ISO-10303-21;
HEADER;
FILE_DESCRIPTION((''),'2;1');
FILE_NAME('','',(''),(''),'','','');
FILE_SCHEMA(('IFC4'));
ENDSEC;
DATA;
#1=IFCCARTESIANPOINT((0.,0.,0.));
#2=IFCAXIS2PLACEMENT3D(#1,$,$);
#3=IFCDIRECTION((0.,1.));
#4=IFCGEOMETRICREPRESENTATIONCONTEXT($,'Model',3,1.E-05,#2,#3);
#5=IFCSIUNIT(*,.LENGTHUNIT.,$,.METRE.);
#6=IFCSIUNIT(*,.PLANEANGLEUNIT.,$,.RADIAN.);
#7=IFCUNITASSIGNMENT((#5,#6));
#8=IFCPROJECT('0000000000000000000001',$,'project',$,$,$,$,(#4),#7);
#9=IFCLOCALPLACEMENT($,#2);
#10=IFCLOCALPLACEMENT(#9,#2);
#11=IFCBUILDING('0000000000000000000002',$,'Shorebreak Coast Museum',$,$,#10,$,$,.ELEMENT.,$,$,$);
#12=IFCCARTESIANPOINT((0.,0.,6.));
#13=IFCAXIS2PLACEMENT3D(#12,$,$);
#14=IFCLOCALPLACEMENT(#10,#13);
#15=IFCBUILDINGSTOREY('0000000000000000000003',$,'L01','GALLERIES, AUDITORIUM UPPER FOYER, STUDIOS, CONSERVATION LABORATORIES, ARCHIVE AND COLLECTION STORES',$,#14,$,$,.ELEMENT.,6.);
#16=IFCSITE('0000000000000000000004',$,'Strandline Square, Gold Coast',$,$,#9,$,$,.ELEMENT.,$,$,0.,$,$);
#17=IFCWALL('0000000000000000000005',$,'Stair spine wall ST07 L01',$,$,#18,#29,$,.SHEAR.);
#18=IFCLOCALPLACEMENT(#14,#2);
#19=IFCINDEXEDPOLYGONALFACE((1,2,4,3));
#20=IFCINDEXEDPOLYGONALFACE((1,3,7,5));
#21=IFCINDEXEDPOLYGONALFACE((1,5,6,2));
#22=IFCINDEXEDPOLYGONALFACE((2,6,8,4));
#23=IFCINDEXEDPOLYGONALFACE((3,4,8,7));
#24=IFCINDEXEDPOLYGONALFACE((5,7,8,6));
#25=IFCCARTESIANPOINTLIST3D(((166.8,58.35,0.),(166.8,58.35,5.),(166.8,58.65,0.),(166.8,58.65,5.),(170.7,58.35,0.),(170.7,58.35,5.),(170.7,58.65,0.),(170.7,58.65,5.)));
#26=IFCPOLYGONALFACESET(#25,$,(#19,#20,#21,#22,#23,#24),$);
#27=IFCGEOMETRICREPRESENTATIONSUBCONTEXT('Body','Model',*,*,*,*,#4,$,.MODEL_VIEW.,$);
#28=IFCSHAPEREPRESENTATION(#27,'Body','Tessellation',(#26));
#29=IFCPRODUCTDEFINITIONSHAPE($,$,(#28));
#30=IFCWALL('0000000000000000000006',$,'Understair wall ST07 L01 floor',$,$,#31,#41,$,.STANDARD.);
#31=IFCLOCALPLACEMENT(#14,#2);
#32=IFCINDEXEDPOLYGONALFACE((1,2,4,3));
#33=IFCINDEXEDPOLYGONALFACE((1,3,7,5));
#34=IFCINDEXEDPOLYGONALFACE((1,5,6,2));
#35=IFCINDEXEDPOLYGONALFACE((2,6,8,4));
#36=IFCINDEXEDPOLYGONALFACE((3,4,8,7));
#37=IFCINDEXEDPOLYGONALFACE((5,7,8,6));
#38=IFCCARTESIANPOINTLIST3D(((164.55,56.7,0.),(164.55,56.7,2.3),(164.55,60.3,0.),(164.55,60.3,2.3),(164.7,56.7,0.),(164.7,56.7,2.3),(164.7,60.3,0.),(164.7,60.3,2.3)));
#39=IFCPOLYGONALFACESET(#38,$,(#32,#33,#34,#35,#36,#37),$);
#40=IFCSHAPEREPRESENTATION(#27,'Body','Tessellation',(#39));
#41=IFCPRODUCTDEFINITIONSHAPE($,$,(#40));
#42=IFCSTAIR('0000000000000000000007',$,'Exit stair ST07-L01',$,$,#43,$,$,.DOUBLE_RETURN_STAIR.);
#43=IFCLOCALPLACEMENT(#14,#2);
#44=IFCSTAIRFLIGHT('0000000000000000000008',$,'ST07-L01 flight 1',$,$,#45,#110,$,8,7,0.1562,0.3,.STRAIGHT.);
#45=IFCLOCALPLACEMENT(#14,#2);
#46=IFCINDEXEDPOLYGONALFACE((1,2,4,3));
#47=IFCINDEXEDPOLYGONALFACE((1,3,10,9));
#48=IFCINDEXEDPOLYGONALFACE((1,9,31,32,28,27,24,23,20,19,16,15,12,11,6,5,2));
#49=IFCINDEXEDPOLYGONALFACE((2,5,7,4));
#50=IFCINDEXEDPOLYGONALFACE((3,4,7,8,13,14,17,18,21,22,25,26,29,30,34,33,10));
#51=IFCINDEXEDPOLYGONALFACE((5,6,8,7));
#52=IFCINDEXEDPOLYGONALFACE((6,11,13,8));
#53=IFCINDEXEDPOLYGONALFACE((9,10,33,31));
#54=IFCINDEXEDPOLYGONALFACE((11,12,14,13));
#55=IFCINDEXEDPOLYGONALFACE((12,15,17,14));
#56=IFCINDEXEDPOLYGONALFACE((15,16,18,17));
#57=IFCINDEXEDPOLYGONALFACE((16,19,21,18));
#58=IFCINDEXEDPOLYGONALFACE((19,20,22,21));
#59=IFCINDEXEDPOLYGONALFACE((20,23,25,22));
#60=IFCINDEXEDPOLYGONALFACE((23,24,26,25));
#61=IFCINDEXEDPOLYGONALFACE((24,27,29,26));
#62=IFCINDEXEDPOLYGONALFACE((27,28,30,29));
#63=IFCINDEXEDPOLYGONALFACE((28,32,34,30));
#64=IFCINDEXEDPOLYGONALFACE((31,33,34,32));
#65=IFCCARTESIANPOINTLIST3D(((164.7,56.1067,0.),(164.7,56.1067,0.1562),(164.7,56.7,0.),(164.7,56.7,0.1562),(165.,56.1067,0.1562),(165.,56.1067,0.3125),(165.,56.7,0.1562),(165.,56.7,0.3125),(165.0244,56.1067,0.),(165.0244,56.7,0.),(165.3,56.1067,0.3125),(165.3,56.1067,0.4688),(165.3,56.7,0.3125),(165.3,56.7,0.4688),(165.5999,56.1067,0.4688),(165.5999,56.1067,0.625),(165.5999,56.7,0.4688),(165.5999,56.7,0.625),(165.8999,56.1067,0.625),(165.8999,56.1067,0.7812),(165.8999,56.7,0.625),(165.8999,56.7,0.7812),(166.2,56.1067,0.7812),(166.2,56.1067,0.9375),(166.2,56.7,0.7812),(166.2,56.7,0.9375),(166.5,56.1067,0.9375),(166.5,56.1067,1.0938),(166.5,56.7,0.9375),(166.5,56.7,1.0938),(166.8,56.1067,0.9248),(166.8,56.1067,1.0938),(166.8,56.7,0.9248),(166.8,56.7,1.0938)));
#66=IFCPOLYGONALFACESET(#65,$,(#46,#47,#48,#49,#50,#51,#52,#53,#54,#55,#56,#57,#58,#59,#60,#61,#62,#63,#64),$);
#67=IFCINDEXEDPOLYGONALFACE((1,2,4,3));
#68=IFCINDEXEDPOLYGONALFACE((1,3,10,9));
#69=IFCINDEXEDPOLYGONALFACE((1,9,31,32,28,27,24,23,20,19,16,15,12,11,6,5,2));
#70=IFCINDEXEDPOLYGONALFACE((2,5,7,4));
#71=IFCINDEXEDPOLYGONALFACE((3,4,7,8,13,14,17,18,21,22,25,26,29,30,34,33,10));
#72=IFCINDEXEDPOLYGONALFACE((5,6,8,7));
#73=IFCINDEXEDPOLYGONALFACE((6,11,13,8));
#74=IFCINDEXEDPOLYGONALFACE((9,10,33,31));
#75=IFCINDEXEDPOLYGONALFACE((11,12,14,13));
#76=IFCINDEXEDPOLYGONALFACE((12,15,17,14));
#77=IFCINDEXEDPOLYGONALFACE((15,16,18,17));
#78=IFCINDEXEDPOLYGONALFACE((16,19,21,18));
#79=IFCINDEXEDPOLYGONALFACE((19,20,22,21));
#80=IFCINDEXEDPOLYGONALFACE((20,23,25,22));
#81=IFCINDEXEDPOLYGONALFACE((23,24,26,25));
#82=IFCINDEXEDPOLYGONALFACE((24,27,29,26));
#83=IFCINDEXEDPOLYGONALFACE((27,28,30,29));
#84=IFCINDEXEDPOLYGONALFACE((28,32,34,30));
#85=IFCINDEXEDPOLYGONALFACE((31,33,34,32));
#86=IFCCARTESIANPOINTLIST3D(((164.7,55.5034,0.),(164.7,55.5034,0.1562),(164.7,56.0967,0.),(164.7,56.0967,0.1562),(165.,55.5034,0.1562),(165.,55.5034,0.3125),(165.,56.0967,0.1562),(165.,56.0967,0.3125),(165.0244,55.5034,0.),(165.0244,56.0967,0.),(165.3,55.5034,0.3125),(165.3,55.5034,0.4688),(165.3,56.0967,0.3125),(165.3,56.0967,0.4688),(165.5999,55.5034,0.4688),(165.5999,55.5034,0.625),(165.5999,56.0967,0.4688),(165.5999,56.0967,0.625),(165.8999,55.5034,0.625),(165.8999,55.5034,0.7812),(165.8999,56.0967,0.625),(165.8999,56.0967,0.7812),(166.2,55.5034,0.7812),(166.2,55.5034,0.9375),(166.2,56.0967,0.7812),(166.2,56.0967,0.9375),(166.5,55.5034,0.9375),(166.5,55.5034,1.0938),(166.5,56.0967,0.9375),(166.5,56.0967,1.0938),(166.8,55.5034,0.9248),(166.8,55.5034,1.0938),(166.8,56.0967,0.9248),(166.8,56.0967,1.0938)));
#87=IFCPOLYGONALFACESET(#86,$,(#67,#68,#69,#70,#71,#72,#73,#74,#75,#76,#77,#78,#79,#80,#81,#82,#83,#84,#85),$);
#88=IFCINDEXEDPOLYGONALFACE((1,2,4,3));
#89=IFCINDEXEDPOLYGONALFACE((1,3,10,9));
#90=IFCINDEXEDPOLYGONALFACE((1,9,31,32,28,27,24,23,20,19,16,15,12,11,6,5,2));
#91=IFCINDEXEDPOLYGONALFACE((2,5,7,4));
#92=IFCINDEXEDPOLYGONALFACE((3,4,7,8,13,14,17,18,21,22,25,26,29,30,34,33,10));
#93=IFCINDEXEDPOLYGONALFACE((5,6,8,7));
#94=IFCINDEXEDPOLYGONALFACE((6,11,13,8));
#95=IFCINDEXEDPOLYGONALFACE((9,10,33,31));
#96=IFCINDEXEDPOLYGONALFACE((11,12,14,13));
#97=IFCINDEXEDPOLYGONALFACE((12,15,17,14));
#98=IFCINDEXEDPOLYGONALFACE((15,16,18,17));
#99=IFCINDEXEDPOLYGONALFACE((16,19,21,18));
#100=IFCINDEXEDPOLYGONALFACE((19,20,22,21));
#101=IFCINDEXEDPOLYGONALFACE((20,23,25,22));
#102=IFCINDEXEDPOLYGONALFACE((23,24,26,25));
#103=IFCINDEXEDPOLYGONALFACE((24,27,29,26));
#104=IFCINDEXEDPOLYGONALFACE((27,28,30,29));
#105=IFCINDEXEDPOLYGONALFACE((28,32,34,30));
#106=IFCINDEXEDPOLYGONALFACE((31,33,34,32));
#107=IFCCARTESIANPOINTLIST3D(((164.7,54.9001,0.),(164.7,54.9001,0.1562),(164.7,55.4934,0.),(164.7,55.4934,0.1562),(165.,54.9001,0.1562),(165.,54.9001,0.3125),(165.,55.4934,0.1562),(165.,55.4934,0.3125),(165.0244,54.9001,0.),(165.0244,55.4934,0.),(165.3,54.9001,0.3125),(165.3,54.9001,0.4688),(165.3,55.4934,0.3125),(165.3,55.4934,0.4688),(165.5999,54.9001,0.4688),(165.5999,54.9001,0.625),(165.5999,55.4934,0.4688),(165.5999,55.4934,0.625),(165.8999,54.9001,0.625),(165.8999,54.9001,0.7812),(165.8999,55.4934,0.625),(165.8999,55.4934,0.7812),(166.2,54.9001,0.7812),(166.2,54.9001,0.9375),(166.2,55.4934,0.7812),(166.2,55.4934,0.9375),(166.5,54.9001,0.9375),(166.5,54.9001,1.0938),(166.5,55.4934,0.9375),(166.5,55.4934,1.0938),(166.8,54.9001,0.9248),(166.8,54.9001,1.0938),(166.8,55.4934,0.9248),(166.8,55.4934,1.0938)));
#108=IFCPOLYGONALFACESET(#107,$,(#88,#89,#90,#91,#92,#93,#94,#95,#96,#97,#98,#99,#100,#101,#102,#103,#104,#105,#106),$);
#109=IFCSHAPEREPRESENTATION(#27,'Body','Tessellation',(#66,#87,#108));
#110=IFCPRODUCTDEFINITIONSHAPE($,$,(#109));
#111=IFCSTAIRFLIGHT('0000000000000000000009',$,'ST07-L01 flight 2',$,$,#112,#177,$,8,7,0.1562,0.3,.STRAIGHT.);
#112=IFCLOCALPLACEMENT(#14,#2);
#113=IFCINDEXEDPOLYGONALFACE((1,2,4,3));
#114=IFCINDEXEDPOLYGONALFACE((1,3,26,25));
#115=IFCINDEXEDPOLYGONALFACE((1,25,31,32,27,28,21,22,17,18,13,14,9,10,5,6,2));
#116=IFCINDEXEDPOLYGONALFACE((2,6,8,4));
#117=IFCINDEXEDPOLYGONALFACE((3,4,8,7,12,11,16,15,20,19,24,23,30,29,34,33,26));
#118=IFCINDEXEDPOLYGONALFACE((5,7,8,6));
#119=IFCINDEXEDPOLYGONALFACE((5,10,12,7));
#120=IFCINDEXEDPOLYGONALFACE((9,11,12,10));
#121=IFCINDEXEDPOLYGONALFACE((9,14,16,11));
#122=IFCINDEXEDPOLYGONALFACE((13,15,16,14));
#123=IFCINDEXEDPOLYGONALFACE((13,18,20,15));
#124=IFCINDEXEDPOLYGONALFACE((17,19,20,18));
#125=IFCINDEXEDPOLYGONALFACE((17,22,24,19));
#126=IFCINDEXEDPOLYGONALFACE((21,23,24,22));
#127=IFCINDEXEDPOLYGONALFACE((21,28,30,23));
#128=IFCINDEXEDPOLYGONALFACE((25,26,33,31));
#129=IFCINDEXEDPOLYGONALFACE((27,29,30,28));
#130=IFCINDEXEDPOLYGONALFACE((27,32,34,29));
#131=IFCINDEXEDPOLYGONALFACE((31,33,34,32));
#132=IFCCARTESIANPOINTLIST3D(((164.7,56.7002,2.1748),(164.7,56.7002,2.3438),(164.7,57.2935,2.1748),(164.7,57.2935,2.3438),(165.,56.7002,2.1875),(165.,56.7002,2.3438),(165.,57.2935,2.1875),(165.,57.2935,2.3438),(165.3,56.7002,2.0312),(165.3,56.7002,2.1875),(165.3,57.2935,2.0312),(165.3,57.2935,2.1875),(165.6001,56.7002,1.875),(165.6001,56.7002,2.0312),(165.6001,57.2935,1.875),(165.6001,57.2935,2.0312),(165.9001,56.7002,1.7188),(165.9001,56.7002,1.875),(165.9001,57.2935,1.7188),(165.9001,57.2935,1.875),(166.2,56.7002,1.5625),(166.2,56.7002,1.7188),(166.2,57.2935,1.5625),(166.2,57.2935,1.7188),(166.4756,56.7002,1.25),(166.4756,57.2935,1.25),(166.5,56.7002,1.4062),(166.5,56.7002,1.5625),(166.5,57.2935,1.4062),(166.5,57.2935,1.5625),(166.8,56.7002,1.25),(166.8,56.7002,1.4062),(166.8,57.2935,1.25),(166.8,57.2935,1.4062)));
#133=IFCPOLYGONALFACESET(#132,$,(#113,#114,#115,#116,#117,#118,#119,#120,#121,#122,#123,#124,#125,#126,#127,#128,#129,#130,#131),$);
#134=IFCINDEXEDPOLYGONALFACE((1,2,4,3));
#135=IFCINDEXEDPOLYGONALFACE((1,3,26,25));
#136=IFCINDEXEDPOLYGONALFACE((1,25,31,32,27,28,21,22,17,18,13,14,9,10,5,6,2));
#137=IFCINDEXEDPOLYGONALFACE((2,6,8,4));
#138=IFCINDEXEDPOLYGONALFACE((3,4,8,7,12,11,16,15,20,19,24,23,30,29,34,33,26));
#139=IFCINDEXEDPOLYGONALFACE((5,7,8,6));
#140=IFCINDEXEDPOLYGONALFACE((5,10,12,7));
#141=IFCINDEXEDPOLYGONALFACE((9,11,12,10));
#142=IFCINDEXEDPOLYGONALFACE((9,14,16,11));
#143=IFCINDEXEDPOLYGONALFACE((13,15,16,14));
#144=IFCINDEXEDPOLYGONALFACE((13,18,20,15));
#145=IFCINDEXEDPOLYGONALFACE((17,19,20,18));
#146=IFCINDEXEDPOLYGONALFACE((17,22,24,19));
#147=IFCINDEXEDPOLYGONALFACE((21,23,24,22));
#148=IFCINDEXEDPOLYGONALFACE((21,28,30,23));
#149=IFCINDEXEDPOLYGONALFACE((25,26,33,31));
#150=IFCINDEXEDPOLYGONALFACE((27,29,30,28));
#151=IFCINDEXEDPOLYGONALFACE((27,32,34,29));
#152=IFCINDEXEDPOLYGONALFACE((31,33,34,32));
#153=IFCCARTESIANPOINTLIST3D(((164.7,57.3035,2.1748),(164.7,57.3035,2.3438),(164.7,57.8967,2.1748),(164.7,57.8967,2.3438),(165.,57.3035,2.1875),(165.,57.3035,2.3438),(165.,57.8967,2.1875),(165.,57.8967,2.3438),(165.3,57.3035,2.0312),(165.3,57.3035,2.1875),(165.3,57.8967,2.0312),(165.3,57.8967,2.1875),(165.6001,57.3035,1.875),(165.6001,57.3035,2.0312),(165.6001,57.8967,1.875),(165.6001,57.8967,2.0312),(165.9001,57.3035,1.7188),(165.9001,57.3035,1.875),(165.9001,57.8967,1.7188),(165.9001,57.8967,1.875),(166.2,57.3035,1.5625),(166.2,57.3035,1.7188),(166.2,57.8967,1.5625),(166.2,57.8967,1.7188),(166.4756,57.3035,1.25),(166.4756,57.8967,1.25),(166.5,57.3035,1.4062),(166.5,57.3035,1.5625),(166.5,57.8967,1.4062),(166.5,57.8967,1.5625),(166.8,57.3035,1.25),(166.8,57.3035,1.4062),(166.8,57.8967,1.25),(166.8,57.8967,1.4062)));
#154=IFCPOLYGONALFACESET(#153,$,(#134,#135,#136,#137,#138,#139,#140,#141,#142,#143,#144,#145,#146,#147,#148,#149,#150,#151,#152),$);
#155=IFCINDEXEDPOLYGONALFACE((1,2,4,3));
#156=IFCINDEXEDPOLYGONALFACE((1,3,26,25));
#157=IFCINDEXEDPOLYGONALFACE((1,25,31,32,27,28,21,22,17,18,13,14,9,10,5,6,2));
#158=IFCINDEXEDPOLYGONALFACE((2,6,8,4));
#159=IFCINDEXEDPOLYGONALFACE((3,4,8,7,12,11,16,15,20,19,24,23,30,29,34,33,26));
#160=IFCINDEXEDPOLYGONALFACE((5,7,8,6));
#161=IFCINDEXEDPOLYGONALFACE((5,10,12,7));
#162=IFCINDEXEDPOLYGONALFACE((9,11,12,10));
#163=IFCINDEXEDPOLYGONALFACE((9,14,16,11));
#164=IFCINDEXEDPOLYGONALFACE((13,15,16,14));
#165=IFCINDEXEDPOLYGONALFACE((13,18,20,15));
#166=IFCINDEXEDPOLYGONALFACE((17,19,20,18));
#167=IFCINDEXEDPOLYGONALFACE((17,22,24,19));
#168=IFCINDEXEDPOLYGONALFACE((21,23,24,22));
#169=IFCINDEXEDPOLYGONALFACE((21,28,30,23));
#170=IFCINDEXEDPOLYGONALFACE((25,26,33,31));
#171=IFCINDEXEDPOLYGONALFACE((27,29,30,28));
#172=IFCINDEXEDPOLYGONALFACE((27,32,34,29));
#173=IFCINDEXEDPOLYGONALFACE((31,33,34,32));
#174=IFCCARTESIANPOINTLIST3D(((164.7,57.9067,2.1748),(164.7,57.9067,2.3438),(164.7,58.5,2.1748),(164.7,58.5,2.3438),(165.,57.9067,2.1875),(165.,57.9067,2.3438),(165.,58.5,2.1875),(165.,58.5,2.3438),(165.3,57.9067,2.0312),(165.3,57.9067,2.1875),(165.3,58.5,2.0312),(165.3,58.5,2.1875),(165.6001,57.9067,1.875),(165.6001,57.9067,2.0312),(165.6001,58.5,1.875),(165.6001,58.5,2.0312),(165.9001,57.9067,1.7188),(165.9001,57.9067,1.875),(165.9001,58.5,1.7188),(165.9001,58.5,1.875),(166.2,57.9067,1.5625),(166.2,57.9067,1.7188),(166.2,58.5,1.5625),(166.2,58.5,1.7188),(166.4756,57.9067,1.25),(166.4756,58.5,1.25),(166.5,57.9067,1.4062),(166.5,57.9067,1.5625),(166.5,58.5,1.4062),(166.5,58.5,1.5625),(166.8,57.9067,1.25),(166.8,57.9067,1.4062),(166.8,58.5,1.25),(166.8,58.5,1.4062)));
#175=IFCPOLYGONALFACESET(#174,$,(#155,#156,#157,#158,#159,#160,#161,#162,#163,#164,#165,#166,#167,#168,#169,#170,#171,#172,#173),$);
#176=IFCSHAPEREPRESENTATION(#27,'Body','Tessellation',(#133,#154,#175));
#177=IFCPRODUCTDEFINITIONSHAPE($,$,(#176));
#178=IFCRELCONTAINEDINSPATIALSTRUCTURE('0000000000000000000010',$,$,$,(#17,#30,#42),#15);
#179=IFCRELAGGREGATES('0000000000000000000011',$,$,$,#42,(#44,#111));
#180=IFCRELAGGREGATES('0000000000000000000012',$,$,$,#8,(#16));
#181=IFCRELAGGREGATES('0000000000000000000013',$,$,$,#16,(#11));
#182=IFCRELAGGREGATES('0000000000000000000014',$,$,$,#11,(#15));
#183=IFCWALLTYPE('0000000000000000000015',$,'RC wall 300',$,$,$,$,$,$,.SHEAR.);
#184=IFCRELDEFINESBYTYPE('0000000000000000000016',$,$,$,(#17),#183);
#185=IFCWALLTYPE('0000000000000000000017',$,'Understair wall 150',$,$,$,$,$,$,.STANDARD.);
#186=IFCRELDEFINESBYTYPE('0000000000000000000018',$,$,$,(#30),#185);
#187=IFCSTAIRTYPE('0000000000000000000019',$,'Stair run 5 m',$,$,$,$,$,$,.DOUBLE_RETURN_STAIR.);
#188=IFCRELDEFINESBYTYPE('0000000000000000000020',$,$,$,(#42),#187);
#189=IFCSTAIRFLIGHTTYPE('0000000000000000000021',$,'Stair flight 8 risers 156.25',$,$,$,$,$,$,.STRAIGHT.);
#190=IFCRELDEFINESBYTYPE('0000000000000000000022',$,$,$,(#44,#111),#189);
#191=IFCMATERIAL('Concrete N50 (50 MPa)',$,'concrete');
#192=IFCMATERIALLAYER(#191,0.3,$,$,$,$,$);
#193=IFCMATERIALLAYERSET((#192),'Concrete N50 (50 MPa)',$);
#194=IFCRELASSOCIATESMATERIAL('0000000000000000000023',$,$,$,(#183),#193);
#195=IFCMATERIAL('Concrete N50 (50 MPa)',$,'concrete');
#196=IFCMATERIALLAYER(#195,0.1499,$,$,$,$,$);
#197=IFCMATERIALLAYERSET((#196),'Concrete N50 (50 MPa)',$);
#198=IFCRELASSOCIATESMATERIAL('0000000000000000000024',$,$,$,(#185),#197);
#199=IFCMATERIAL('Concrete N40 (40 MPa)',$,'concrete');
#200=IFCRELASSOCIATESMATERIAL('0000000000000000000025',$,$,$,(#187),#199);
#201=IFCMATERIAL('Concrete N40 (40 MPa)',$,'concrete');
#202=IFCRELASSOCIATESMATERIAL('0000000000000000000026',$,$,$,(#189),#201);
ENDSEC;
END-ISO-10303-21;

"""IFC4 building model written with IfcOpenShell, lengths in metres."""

from ifc_helpers import new_model, si_unit, direction, frame, frame_2d, origin, place, context, subcontext, project, spatial, polyline, rectangle, outline, extrude, material, layer, layer_set, type_object, element, aggregate, save


model = new_model("IFC4")

# Units and contexts
model_context = context("Model", 3, precision=1e-05, world=origin(), true_north=direction((0.0, 1.0)))
body_context = subcontext(model_context, "Body", "Model", "MODEL_VIEW")
ifc_project = project(units=[si_unit("LENGTHUNIT", "METRE"), si_unit("PLANEANGLEUNIT", "RADIAN")], contexts=[model_context])

# Site, building, storey
site_placement = place(None, origin())
site = spatial("IfcSite", under=ifc_project, at=site_placement, Name="Strandline Square, Gold Coast", CompositionType="ELEMENT", RefElevation=0.0)
building_placement = place(site_placement, origin())
building = spatial("IfcBuilding", under=site, at=building_placement, Name="Shorebreak Coast Museum", CompositionType="ELEMENT")
storey_placement = place(building_placement, frame((0.0, 0.0, 6.0)))
storey = spatial("IfcBuildingStorey", under=building, at=storey_placement, Name="L01", Description="GALLERIES, AUDITORIUM UPPER FOYER, STUDIOS, CONSERVATION LABORATORIES, ARCHIVE AND COLLECTION STORES", CompositionType="ELEMENT", Elevation=6.0)

# Walls
ifc_material_1 = material(Name="Concrete N50 (50 MPa)", Category="concrete")
ifc_layer_1 = layer(ifc_material_1, 0.3)
ifc_layer_set_1 = layer_set([ifc_layer_1], Name="Concrete N50 (50 MPa)")
wall_type_1 = type_object("IfcWallType", Name="RC wall 300", PredefinedType="SHEAR", material=ifc_layer_set_1)
wall_1_placement = place(storey_placement, frame((166.8, 58.5, 0.0), z_axis=(0.0, 0.0, 1.0), x_axis=(1.0, 0.0, 0.0)))
element("IfcWall", 1, at=wall_1_placement, inside=storey, type_object=wall_type_1, Name="Stair spine wall ST07 L01", PredefinedType="SHEAR", context=body_context, shape_type="SweptSolid", body=[
    extrude(rectangle(XDim=3.8999, YDim=0.3, at=frame_2d((1.95, 0.0))), origin(), (0.0, 0.0, 1.0), 5.0),
])
ifc_material_2 = material(Name="Concrete N50 (50 MPa)", Category="concrete")
ifc_layer_2 = layer(ifc_material_2, 0.1499)
ifc_layer_set_2 = layer_set([ifc_layer_2], Name="Concrete N50 (50 MPa)")
wall_type_2 = type_object("IfcWallType", Name="Understair wall 150", PredefinedType="STANDARD", material=ifc_layer_set_2)
wall_2_placement = place(storey_placement, frame((164.625, 56.7, 0.0), z_axis=(0.0, 0.0, 1.0), x_axis=(0.0, 1.0, 0.0)))
element("IfcWall", 2, at=wall_2_placement, inside=storey, type_object=wall_type_2, Name="Understair wall ST07 L01 floor", PredefinedType="STANDARD", context=body_context, shape_type="SweptSolid", body=[
    extrude(rectangle(XDim=3.6001, YDim=0.1499, at=frame_2d((1.8, 0.0))), origin(), (0.0, 0.0, 1.0), 2.3),
])

# Stair, stair flights
ifc_material_3 = material(Name="Concrete N40 (40 MPa)", Category="concrete")
stair_type = type_object("IfcStairType", Name="Stair run 5 m", PredefinedType="DOUBLE_RETURN_STAIR", material=ifc_material_3)
stair_placement = place(storey_placement, origin())
stair = element("IfcStair", 3, at=stair_placement, inside=storey, type_object=stair_type, Name="Exit stair ST07-L01", PredefinedType="DOUBLE_RETURN_STAIR")
ifc_material_4 = material(Name="Concrete N40 (40 MPa)", Category="concrete")
stair_flight_type = type_object("IfcStairFlightType", Name="Stair flight 8 risers 156.25", PredefinedType="STRAIGHT", material=ifc_material_4)
stair_flight_1_placement = place(storey_placement, frame((164.7, 55.8, 0.0), z_axis=(0.0, 0.0, 1.0), x_axis=(1.0, 0.0, 0.0)))
stair_flight_1 = element("IfcStairFlight", 4, at=stair_flight_1_placement, type_object=stair_flight_type, Name="ST07-L01 flight 1", NumberOfRisers=8, NumberOfTreads=7, PredefinedType="STRAIGHT", RiserHeight=0.1562, TreadLength=0.3, context=body_context, shape_type="SweptSolid", body=[
    extrude(outline(polyline([(0.0, 0.0), (0.0, 0.1562), (0.3, 0.1562), (0.3, 0.3125), (0.6001, 0.3125), (0.6001, 0.4688), (0.8999, 0.4688), (0.8999, 0.625), (1.2, 0.625), (1.2, 0.7812), (1.5, 0.7812), (1.5, 0.9375), (1.8, 0.9375), (1.8, 1.0938), (2.1001, 1.0938), (2.1001, 1.25), (2.1001, 0.9248), (0.3245, 0.0), (0.0, 0.0)])), frame((0.0, 0.8999, 0.0), z_axis=(0.0, -1.0, 0.0), x_axis=(1.0, 0.0, 0.0)), (0.0, 0.0, 1.0), 0.5933),
    extrude(outline(polyline([(0.0, 0.0), (0.0, 0.1562), (0.3, 0.1562), (0.3, 0.3125), (0.6001, 0.3125), (0.6001, 0.4688), (0.8999, 0.4688), (0.8999, 0.625), (1.2, 0.625), (1.2, 0.7812), (1.5, 0.7812), (1.5, 0.9375), (1.8, 0.9375), (1.8, 1.0938), (2.1001, 1.0938), (2.1001, 1.25), (2.1001, 0.9248), (0.3245, 0.0), (0.0, 0.0)])), frame((0.0, 0.2966, 0.0), z_axis=(0.0, -1.0, 0.0), x_axis=(1.0, 0.0, 0.0)), (0.0, 0.0, 1.0), 0.5933),
    extrude(outline(polyline([(0.0, 0.0), (0.0, 0.1562), (0.3, 0.1562), (0.3, 0.3125), (0.6001, 0.3125), (0.6001, 0.4688), (0.8999, 0.4688), (0.8999, 0.625), (1.2, 0.625), (1.2, 0.7812), (1.5, 0.7812), (1.5, 0.9375), (1.8, 0.9375), (1.8, 1.0938), (2.1001, 1.0938), (2.1001, 1.25), (2.1001, 0.9248), (0.3245, 0.0), (0.0, 0.0)])), frame((0.0, -0.3066, 0.0), z_axis=(0.0, -1.0, 0.0), x_axis=(1.0, 0.0, 0.0)), (0.0, 0.0, 1.0), 0.5933),
])
stair_flight_2_placement = place(storey_placement, frame((166.8, 57.6001, 1.25), z_axis=(0.0, 0.0, 1.0), x_axis=(-1.0, 0.0, 0.0)))
stair_flight_2 = element("IfcStairFlight", 5, at=stair_flight_2_placement, type_object=stair_flight_type, Name="ST07-L01 flight 2", NumberOfRisers=8, NumberOfTreads=7, PredefinedType="STRAIGHT", RiserHeight=0.1562, TreadLength=0.3, context=body_context, shape_type="SweptSolid", body=[
    extrude(outline(polyline([(0.0, 0.0), (0.0, 0.1562), (0.3, 0.1562), (0.3, 0.3125), (0.6001, 0.3125), (0.6001, 0.4688), (0.8999, 0.4688), (0.8999, 0.625), (1.2, 0.625), (1.2, 0.7812), (1.5, 0.7812), (1.5, 0.9375), (1.8, 0.9375), (1.8, 1.0938), (2.1001, 1.0938), (2.1001, 1.25), (2.1001, 0.9248), (0.3245, 0.0), (0.0, 0.0)])), frame((0.0, 0.8999, 0.0), z_axis=(0.0, -1.0, 0.0), x_axis=(1.0, 0.0, 0.0)), (0.0, 0.0, 1.0), 0.5933),
    extrude(outline(polyline([(0.0, 0.0), (0.0, 0.1562), (0.3, 0.1562), (0.3, 0.3125), (0.6001, 0.3125), (0.6001, 0.4688), (0.8999, 0.4688), (0.8999, 0.625), (1.2, 0.625), (1.2, 0.7812), (1.5, 0.7812), (1.5, 0.9375), (1.8, 0.9375), (1.8, 1.0938), (2.1001, 1.0938), (2.1001, 1.25), (2.1001, 0.9248), (0.3245, 0.0), (0.0, 0.0)])), frame((0.0, 0.2966, 0.0), z_axis=(0.0, -1.0, 0.0), x_axis=(1.0, 0.0, 0.0)), (0.0, 0.0, 1.0), 0.5933),
    extrude(outline(polyline([(0.0, 0.0), (0.0, 0.1562), (0.3, 0.1562), (0.3, 0.3125), (0.6001, 0.3125), (0.6001, 0.4688), (0.8999, 0.4688), (0.8999, 0.625), (1.2, 0.625), (1.2, 0.7812), (1.5, 0.7812), (1.5, 0.9375), (1.8, 0.9375), (1.8, 1.0938), (2.1001, 1.0938), (2.1001, 1.25), (2.1001, 0.9248), (0.3245, 0.0), (0.0, 0.0)])), frame((0.0, -0.3066, 0.0), z_axis=(0.0, -1.0, 0.0), x_axis=(1.0, 0.0, 0.0)), (0.0, 0.0, 1.0), 0.5933),
])
aggregate(stair, [stair_flight_1, stair_flight_2])

save(model, "model.ifc")
